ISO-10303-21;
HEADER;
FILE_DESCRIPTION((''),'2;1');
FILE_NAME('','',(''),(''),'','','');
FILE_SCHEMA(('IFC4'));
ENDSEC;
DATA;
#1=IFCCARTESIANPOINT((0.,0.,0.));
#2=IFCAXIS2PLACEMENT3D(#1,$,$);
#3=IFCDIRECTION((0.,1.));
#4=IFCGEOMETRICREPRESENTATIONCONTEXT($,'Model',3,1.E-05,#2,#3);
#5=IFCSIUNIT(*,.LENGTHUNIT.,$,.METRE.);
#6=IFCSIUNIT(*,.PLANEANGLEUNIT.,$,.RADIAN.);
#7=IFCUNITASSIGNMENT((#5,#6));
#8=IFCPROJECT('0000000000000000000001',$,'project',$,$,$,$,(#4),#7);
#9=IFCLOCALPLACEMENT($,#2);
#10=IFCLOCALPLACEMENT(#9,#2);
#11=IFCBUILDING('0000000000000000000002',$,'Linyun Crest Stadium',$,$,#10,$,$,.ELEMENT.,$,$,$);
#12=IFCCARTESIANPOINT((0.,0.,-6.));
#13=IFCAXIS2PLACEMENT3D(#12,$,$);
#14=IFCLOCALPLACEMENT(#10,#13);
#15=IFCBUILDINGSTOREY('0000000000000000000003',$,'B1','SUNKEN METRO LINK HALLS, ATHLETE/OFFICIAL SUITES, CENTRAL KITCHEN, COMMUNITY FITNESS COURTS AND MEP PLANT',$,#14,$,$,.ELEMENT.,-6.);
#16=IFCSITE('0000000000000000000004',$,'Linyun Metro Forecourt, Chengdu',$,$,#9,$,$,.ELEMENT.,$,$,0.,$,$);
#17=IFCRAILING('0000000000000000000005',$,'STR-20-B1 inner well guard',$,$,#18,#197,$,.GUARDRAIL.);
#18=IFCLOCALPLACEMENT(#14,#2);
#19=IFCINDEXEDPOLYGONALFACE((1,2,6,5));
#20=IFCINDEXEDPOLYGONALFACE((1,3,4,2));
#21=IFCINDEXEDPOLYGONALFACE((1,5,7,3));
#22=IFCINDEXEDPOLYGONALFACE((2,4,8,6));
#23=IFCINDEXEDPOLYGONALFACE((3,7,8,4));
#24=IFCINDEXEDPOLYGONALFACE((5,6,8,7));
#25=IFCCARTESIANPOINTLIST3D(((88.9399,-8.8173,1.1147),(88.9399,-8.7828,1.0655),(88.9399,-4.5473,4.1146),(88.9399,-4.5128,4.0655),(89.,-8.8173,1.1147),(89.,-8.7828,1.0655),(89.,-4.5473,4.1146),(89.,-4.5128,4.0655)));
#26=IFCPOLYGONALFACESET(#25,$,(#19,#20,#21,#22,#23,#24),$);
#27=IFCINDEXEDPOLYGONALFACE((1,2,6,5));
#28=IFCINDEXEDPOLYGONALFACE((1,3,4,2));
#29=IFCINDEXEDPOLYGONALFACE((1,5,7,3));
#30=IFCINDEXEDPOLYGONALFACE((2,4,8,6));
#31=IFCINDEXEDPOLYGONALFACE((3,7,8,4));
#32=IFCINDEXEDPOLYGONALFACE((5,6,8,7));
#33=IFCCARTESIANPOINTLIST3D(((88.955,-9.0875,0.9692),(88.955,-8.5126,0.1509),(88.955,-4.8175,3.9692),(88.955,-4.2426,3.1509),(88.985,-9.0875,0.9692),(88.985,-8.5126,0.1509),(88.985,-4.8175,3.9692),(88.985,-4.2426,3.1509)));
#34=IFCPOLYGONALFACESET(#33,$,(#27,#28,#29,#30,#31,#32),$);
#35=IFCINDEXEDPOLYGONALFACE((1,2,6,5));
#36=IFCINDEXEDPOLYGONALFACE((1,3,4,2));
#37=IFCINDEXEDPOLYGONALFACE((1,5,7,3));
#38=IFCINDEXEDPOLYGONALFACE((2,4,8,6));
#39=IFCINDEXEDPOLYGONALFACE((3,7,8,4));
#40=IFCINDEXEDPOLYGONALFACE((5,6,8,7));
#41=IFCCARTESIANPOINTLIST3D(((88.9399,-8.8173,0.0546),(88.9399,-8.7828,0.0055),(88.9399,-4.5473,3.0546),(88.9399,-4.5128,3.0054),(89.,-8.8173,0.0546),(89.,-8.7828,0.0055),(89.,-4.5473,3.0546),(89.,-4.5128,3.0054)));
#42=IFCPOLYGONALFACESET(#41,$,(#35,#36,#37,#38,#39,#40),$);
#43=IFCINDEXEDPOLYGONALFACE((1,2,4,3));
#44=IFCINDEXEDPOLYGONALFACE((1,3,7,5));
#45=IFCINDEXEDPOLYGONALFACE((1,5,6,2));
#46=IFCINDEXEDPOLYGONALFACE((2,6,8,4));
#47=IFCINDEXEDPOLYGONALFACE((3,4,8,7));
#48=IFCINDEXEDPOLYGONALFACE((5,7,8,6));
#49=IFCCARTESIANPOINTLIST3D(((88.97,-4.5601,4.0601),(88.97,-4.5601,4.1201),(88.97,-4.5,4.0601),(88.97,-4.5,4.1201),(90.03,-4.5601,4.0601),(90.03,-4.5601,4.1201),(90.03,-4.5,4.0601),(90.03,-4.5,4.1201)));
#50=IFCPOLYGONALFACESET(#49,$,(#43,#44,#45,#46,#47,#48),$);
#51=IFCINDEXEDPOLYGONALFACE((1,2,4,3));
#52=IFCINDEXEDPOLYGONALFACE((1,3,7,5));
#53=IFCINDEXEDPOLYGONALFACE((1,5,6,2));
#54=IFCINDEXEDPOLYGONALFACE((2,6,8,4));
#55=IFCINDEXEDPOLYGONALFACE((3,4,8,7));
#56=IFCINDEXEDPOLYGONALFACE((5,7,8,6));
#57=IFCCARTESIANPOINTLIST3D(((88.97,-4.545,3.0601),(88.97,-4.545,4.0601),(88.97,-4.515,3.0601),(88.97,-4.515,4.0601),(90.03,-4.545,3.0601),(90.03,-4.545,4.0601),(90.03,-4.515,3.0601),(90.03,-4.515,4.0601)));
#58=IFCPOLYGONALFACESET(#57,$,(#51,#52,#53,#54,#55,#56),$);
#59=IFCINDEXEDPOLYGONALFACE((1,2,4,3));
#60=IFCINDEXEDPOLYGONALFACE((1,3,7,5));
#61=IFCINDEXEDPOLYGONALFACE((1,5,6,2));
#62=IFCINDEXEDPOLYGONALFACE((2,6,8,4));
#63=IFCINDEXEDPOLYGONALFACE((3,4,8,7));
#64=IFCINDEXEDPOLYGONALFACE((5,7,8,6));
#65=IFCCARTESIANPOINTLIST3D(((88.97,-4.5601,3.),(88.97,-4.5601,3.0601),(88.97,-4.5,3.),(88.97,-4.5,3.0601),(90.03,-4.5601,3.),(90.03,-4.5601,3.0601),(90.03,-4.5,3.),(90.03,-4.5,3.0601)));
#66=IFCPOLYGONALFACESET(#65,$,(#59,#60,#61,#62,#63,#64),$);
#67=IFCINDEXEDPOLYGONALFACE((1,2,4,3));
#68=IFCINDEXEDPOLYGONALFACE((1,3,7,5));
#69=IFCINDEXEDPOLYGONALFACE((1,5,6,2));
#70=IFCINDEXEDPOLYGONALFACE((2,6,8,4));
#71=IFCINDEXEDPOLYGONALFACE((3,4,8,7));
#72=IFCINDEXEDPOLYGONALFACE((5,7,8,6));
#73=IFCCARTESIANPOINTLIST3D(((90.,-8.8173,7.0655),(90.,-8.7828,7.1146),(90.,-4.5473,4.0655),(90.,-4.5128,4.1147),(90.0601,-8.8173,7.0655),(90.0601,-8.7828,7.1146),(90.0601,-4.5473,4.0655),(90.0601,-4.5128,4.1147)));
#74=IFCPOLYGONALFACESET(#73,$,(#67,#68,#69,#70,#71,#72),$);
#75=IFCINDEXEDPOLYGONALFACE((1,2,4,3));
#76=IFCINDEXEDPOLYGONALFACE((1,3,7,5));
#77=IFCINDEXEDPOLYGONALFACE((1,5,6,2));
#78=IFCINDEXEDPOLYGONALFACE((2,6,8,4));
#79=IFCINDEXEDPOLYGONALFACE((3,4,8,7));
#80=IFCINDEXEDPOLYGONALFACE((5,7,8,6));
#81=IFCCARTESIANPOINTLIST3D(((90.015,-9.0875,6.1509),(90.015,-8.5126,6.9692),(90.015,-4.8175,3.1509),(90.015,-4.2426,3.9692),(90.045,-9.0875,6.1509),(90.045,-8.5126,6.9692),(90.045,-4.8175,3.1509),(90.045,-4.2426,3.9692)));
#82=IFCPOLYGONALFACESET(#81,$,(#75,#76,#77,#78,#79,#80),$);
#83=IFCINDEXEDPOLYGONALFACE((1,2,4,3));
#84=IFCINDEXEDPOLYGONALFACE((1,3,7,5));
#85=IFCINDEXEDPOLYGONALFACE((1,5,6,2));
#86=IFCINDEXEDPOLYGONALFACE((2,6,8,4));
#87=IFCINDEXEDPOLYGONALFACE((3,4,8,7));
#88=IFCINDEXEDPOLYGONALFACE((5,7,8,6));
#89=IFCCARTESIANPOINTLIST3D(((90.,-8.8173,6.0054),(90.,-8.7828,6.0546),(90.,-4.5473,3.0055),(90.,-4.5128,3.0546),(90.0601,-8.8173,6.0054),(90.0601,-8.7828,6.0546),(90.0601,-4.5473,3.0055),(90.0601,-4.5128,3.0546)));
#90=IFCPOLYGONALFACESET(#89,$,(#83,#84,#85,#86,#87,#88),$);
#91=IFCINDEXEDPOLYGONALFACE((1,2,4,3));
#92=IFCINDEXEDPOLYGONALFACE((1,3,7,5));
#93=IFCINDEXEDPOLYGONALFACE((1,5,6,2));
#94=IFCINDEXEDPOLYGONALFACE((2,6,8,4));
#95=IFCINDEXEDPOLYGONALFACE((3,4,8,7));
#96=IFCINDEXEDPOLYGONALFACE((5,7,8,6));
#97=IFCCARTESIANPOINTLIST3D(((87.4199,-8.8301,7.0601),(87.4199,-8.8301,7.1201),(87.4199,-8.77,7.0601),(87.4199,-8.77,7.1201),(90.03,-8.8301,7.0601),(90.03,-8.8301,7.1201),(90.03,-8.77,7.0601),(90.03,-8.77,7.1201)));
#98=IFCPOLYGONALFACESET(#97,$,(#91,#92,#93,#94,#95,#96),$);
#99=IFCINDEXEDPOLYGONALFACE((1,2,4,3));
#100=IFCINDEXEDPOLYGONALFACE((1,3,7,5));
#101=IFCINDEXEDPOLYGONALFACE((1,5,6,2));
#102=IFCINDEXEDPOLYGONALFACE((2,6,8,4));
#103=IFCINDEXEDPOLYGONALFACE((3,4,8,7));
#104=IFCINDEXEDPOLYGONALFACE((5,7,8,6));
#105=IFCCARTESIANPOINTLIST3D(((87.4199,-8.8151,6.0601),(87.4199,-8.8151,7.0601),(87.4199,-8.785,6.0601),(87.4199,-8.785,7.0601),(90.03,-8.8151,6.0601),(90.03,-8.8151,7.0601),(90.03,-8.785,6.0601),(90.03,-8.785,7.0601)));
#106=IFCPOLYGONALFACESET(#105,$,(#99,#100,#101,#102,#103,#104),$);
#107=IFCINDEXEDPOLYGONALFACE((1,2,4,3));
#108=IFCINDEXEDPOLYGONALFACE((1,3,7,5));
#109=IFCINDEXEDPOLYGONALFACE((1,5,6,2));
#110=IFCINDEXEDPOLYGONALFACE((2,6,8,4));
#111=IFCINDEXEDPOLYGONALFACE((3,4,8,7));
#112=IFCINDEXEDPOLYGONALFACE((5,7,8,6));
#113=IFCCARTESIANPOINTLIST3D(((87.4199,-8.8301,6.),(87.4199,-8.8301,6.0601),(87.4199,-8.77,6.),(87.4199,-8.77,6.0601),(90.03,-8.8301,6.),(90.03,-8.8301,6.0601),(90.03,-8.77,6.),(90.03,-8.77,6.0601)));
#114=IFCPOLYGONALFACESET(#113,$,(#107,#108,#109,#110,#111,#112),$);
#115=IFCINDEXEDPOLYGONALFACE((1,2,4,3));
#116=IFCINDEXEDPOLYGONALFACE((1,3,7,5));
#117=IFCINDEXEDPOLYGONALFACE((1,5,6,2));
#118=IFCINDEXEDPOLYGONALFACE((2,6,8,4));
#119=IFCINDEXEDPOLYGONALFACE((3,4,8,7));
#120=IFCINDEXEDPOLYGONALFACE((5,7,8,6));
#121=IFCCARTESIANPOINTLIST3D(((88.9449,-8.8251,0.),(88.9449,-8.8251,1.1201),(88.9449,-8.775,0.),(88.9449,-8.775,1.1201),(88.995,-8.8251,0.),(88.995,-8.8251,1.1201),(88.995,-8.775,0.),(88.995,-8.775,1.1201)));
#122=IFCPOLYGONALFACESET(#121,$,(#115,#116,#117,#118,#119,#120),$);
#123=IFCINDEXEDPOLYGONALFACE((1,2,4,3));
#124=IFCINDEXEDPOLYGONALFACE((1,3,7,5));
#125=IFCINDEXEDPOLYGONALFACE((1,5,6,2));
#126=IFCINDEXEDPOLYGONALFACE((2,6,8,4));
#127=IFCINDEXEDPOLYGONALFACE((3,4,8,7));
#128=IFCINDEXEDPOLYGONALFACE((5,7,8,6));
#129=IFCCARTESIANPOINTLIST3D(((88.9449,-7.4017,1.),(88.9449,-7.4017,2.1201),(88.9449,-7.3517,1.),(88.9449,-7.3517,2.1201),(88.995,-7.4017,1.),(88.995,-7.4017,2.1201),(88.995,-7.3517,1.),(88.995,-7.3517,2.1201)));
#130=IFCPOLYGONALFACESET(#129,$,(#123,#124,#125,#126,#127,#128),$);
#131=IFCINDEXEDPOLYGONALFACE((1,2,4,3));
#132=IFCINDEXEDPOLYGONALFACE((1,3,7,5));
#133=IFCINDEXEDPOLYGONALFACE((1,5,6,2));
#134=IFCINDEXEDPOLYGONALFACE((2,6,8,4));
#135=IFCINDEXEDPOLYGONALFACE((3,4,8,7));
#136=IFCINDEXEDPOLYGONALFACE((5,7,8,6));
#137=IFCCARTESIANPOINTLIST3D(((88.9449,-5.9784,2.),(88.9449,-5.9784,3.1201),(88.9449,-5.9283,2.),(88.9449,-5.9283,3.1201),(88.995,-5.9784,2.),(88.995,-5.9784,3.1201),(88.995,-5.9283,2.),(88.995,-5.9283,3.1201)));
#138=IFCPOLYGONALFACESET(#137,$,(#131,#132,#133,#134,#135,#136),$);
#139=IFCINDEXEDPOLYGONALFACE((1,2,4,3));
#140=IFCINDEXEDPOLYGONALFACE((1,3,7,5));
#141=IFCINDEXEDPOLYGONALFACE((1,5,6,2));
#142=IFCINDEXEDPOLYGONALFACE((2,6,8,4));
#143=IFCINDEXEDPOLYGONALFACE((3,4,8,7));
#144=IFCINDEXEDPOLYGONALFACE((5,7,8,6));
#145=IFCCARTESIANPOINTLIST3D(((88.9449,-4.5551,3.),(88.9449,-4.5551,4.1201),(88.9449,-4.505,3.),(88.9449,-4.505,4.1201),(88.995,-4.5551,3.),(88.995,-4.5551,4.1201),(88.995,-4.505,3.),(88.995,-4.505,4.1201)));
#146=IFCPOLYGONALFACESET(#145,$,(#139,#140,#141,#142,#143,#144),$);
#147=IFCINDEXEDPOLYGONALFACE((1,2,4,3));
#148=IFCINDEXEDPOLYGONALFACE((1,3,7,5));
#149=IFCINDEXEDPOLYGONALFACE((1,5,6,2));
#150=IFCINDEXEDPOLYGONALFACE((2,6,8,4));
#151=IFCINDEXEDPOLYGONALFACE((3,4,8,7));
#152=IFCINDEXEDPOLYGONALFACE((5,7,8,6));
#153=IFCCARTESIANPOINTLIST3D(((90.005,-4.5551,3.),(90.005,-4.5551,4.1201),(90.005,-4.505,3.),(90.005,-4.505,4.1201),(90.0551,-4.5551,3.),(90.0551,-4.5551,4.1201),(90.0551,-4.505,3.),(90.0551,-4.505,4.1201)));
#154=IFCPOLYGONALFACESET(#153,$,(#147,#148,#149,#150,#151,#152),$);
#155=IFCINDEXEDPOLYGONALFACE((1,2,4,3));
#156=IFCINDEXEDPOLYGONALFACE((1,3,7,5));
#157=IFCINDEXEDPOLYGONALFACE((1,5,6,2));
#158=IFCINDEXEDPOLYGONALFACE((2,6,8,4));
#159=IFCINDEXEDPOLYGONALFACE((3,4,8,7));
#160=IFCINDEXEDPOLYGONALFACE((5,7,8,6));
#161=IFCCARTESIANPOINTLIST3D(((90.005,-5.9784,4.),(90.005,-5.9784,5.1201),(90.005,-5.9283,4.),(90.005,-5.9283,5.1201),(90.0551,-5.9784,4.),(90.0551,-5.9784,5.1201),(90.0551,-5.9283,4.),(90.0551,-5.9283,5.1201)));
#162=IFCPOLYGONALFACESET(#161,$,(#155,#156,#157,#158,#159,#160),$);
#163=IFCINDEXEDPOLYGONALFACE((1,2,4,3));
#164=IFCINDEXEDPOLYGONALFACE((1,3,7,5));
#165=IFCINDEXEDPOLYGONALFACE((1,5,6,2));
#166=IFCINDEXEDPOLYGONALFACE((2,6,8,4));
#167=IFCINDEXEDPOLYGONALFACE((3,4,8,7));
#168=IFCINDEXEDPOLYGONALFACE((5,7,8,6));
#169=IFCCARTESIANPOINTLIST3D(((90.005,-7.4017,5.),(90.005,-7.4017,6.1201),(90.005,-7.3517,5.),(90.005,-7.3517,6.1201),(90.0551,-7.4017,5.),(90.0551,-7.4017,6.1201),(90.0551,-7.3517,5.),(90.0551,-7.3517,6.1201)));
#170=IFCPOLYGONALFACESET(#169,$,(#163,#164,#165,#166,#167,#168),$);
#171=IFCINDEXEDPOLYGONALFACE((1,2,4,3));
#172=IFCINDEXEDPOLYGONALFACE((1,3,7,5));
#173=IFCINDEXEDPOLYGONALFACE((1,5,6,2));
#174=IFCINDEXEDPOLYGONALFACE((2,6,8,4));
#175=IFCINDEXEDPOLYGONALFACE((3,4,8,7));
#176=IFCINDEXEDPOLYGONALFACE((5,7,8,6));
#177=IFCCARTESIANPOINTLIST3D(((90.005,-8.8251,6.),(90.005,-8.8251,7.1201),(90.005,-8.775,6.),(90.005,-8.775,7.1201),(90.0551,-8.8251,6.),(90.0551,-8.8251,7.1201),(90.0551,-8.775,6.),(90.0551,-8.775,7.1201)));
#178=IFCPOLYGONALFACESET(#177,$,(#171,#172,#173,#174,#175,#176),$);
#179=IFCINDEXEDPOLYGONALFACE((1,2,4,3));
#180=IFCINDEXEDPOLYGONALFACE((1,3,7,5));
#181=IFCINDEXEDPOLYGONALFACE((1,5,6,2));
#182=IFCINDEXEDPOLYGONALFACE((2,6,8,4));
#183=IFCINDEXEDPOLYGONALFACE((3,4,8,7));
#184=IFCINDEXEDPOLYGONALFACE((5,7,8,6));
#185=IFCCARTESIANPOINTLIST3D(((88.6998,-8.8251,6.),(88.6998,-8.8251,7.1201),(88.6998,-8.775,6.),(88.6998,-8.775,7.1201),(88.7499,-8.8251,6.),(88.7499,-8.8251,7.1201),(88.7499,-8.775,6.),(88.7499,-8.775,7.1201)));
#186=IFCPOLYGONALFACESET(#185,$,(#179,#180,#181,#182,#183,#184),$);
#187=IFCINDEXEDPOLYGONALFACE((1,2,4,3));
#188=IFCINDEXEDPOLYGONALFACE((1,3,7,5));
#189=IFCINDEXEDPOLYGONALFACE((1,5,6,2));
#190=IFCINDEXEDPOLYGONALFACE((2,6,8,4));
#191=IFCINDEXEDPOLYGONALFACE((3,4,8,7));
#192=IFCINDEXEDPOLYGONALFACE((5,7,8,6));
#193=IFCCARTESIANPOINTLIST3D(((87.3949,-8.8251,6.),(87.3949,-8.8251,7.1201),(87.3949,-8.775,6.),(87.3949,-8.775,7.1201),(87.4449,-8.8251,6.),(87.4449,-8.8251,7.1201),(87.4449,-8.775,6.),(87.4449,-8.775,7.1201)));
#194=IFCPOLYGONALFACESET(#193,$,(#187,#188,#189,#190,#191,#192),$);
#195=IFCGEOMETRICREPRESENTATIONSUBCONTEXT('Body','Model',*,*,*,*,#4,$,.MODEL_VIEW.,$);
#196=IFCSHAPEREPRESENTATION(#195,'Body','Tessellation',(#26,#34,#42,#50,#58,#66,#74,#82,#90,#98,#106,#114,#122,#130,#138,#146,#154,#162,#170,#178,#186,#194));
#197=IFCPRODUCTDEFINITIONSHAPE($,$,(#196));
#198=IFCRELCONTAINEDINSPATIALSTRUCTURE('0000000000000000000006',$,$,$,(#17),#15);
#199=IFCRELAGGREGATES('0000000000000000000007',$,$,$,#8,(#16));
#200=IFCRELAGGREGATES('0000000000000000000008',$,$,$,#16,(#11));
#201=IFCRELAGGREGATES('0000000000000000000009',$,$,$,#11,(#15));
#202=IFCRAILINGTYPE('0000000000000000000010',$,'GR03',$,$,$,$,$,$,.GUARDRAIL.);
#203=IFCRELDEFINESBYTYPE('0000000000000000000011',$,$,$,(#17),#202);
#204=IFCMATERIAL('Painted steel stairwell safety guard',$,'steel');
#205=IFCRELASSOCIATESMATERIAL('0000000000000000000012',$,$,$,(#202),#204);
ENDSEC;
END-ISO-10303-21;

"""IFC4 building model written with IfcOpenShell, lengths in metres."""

from ifc_helpers import new_model, si_unit, direction, frame, origin, origin_2d, place, context, subcontext, project, spatial, rectangle, extrude, material, type_object, element, save


model = new_model("IFC4")

# Units and contexts
model_context = context("Model", 3, precision=1e-05, world=origin(), true_north=direction((0.0, 1.0)))
body_context = subcontext(model_context, "Body", "Model", "MODEL_VIEW")
ifc_project = project(units=[si_unit("LENGTHUNIT", "METRE"), si_unit("PLANEANGLEUNIT", "RADIAN")], contexts=[model_context])

# Site, building, storey
site_placement = place(None, origin())
site = spatial("IfcSite", under=ifc_project, at=site_placement, Name="Linyun Metro Forecourt, Chengdu", CompositionType="ELEMENT", RefElevation=0.0)
building_placement = place(site_placement, origin())
building = spatial("IfcBuilding", under=site, at=building_placement, Name="Linyun Crest Stadium", CompositionType="ELEMENT")
storey_placement = place(building_placement, frame((0.0, 0.0, -6.0)))
storey = spatial("IfcBuildingStorey", under=building, at=storey_placement, Name="B1", Description="SUNKEN METRO LINK HALLS, ATHLETE/OFFICIAL SUITES, CENTRAL KITCHEN, COMMUNITY FITNESS COURTS AND MEP PLANT", CompositionType="ELEMENT", Elevation=-6.0)

# Railing
ifc_material_1 = material(Name="Painted steel stairwell safety guard", Category="steel")
railing_type_1 = type_object("IfcRailingType", Name="GR03", PredefinedType="GUARDRAIL", material=ifc_material_1)
railing_1_placement = place(storey_placement, frame((88.97, -8.8, 0.0)))
element("IfcRailing", 1, at=railing_1_placement, inside=storey, type_object=railing_type_1, Name="STR-20-B1 inner well guard", PredefinedType="GUARDRAIL", context=body_context, shape_type="SweptSolid", body=[
    extrude(rectangle(XDim=0.0601, YDim=0.0601, at=origin_2d()), frame((0.0, 0.0, 1.0901), z_axis=(0.0, 0.818242, 0.574874), x_axis=(-1.0, 0.0, 0.0)), (0.0, 0.0, 1.0), 5.2185),
    extrude(rectangle(XDim=0.03, YDim=1.0, at=origin_2d()), frame((0.0, 0.0, 0.5601), z_axis=(0.0, 0.818242, 0.574874), x_axis=(-1.0, 0.0, 0.0)), (0.0, 0.0, 1.0), 5.2185),
    extrude(rectangle(XDim=0.0601, YDim=0.0601, at=origin_2d()), frame((0.0, 0.0, 0.03), z_axis=(0.0, 0.818242, 0.574874), x_axis=(-1.0, 0.0, 0.0)), (0.0, 0.0, 1.0), 5.2185),
    extrude(rectangle(XDim=0.0601, YDim=0.0601, at=origin_2d()), frame((0.0, 4.27, 4.0901), z_axis=(1.0, 0.0, 0.0), x_axis=(0.0, 1.0, 0.0)), (0.0, 0.0, 1.0), 1.0601),
    extrude(rectangle(XDim=0.03, YDim=1.0, at=origin_2d()), frame((0.0, 4.27, 3.5601), z_axis=(1.0, 0.0, 0.0), x_axis=(0.0, 1.0, 0.0)), (0.0, 0.0, 1.0), 1.0601),
    extrude(rectangle(XDim=0.0601, YDim=0.0601, at=origin_2d()), frame((0.0, 4.27, 3.03), z_axis=(1.0, 0.0, 0.0), x_axis=(0.0, 1.0, 0.0)), (0.0, 0.0, 1.0), 1.0601),
    extrude(rectangle(XDim=0.0601, YDim=0.0601, at=origin_2d()), frame((1.0601, 4.27, 4.0901), z_axis=(0.0, -0.818242, 0.574874), x_axis=(1.0, 0.0, 0.0)), (0.0, 0.0, 1.0), 5.2185),
    extrude(rectangle(XDim=0.03, YDim=1.0, at=origin_2d()), frame((1.0601, 4.27, 3.5601), z_axis=(0.0, -0.818242, 0.574874), x_axis=(1.0, 0.0, 0.0)), (0.0, 0.0, 1.0), 5.2185),
    extrude(rectangle(XDim=0.0601, YDim=0.0601, at=origin_2d()), frame((1.0601, 4.27, 3.03), z_axis=(0.0, -0.818242, 0.574874), x_axis=(1.0, 0.0, 0.0)), (0.0, 0.0, 1.0), 5.2185),
    extrude(rectangle(XDim=0.0601, YDim=0.0601, at=origin_2d()), frame((1.0601, 0.0, 7.0901), z_axis=(-1.0, 0.0, 0.0), x_axis=(0.0, -1.0, 0.0)), (0.0, 0.0, 1.0), 2.6101),
    extrude(rectangle(XDim=0.03, YDim=1.0, at=origin_2d()), frame((1.0601, 0.0, 6.5601), z_axis=(-1.0, 0.0, 0.0), x_axis=(0.0, -1.0, 0.0)), (0.0, 0.0, 1.0), 2.6101),
    extrude(rectangle(XDim=0.0601, YDim=0.0601, at=origin_2d()), frame((1.0601, 0.0, 6.03), z_axis=(-1.0, 0.0, 0.0), x_axis=(0.0, -1.0, 0.0)), (0.0, 0.0, 1.0), 2.6101),
    extrude(rectangle(XDim=0.05, YDim=0.05, at=origin_2d()), origin(), (0.0, 0.0, 1.0), 1.1201),
    extrude(rectangle(XDim=0.05, YDim=0.05, at=origin_2d()), frame((0.0, 1.4233, 1.0)), (0.0, 0.0, 1.0), 1.1201),
    extrude(rectangle(XDim=0.05, YDim=0.05, at=origin_2d()), frame((0.0, 2.8467, 2.0)), (0.0, 0.0, 1.0), 1.1201),
    extrude(rectangle(XDim=0.05, YDim=0.05, at=origin_2d()), frame((0.0, 4.27, 3.0)), (0.0, 0.0, 1.0), 1.1201),
    extrude(rectangle(XDim=0.05, YDim=0.05, at=origin_2d()), frame((1.0601, 4.27, 3.0)), (0.0, 0.0, 1.0), 1.1201),
    extrude(rectangle(XDim=0.05, YDim=0.05, at=origin_2d()), frame((1.0601, 2.8467, 4.0)), (0.0, 0.0, 1.0), 1.1201),
    extrude(rectangle(XDim=0.05, YDim=0.05, at=origin_2d()), frame((1.0601, 1.4233, 5.0)), (0.0, 0.0, 1.0), 1.1201),
    extrude(rectangle(XDim=0.05, YDim=0.05, at=origin_2d()), frame((1.0601, 0.0, 6.0)), (0.0, 0.0, 1.0), 1.1201),
    extrude(rectangle(XDim=0.05, YDim=0.05, at=origin_2d()), frame((-0.2451, 0.0, 6.0)), (0.0, 0.0, 1.0), 1.1201),
    extrude(rectangle(XDim=0.05, YDim=0.05, at=origin_2d()), frame((-1.55, 0.0, 6.0)), (0.0, 0.0, 1.0), 1.1201),
])

save(model, "model.ifc")
